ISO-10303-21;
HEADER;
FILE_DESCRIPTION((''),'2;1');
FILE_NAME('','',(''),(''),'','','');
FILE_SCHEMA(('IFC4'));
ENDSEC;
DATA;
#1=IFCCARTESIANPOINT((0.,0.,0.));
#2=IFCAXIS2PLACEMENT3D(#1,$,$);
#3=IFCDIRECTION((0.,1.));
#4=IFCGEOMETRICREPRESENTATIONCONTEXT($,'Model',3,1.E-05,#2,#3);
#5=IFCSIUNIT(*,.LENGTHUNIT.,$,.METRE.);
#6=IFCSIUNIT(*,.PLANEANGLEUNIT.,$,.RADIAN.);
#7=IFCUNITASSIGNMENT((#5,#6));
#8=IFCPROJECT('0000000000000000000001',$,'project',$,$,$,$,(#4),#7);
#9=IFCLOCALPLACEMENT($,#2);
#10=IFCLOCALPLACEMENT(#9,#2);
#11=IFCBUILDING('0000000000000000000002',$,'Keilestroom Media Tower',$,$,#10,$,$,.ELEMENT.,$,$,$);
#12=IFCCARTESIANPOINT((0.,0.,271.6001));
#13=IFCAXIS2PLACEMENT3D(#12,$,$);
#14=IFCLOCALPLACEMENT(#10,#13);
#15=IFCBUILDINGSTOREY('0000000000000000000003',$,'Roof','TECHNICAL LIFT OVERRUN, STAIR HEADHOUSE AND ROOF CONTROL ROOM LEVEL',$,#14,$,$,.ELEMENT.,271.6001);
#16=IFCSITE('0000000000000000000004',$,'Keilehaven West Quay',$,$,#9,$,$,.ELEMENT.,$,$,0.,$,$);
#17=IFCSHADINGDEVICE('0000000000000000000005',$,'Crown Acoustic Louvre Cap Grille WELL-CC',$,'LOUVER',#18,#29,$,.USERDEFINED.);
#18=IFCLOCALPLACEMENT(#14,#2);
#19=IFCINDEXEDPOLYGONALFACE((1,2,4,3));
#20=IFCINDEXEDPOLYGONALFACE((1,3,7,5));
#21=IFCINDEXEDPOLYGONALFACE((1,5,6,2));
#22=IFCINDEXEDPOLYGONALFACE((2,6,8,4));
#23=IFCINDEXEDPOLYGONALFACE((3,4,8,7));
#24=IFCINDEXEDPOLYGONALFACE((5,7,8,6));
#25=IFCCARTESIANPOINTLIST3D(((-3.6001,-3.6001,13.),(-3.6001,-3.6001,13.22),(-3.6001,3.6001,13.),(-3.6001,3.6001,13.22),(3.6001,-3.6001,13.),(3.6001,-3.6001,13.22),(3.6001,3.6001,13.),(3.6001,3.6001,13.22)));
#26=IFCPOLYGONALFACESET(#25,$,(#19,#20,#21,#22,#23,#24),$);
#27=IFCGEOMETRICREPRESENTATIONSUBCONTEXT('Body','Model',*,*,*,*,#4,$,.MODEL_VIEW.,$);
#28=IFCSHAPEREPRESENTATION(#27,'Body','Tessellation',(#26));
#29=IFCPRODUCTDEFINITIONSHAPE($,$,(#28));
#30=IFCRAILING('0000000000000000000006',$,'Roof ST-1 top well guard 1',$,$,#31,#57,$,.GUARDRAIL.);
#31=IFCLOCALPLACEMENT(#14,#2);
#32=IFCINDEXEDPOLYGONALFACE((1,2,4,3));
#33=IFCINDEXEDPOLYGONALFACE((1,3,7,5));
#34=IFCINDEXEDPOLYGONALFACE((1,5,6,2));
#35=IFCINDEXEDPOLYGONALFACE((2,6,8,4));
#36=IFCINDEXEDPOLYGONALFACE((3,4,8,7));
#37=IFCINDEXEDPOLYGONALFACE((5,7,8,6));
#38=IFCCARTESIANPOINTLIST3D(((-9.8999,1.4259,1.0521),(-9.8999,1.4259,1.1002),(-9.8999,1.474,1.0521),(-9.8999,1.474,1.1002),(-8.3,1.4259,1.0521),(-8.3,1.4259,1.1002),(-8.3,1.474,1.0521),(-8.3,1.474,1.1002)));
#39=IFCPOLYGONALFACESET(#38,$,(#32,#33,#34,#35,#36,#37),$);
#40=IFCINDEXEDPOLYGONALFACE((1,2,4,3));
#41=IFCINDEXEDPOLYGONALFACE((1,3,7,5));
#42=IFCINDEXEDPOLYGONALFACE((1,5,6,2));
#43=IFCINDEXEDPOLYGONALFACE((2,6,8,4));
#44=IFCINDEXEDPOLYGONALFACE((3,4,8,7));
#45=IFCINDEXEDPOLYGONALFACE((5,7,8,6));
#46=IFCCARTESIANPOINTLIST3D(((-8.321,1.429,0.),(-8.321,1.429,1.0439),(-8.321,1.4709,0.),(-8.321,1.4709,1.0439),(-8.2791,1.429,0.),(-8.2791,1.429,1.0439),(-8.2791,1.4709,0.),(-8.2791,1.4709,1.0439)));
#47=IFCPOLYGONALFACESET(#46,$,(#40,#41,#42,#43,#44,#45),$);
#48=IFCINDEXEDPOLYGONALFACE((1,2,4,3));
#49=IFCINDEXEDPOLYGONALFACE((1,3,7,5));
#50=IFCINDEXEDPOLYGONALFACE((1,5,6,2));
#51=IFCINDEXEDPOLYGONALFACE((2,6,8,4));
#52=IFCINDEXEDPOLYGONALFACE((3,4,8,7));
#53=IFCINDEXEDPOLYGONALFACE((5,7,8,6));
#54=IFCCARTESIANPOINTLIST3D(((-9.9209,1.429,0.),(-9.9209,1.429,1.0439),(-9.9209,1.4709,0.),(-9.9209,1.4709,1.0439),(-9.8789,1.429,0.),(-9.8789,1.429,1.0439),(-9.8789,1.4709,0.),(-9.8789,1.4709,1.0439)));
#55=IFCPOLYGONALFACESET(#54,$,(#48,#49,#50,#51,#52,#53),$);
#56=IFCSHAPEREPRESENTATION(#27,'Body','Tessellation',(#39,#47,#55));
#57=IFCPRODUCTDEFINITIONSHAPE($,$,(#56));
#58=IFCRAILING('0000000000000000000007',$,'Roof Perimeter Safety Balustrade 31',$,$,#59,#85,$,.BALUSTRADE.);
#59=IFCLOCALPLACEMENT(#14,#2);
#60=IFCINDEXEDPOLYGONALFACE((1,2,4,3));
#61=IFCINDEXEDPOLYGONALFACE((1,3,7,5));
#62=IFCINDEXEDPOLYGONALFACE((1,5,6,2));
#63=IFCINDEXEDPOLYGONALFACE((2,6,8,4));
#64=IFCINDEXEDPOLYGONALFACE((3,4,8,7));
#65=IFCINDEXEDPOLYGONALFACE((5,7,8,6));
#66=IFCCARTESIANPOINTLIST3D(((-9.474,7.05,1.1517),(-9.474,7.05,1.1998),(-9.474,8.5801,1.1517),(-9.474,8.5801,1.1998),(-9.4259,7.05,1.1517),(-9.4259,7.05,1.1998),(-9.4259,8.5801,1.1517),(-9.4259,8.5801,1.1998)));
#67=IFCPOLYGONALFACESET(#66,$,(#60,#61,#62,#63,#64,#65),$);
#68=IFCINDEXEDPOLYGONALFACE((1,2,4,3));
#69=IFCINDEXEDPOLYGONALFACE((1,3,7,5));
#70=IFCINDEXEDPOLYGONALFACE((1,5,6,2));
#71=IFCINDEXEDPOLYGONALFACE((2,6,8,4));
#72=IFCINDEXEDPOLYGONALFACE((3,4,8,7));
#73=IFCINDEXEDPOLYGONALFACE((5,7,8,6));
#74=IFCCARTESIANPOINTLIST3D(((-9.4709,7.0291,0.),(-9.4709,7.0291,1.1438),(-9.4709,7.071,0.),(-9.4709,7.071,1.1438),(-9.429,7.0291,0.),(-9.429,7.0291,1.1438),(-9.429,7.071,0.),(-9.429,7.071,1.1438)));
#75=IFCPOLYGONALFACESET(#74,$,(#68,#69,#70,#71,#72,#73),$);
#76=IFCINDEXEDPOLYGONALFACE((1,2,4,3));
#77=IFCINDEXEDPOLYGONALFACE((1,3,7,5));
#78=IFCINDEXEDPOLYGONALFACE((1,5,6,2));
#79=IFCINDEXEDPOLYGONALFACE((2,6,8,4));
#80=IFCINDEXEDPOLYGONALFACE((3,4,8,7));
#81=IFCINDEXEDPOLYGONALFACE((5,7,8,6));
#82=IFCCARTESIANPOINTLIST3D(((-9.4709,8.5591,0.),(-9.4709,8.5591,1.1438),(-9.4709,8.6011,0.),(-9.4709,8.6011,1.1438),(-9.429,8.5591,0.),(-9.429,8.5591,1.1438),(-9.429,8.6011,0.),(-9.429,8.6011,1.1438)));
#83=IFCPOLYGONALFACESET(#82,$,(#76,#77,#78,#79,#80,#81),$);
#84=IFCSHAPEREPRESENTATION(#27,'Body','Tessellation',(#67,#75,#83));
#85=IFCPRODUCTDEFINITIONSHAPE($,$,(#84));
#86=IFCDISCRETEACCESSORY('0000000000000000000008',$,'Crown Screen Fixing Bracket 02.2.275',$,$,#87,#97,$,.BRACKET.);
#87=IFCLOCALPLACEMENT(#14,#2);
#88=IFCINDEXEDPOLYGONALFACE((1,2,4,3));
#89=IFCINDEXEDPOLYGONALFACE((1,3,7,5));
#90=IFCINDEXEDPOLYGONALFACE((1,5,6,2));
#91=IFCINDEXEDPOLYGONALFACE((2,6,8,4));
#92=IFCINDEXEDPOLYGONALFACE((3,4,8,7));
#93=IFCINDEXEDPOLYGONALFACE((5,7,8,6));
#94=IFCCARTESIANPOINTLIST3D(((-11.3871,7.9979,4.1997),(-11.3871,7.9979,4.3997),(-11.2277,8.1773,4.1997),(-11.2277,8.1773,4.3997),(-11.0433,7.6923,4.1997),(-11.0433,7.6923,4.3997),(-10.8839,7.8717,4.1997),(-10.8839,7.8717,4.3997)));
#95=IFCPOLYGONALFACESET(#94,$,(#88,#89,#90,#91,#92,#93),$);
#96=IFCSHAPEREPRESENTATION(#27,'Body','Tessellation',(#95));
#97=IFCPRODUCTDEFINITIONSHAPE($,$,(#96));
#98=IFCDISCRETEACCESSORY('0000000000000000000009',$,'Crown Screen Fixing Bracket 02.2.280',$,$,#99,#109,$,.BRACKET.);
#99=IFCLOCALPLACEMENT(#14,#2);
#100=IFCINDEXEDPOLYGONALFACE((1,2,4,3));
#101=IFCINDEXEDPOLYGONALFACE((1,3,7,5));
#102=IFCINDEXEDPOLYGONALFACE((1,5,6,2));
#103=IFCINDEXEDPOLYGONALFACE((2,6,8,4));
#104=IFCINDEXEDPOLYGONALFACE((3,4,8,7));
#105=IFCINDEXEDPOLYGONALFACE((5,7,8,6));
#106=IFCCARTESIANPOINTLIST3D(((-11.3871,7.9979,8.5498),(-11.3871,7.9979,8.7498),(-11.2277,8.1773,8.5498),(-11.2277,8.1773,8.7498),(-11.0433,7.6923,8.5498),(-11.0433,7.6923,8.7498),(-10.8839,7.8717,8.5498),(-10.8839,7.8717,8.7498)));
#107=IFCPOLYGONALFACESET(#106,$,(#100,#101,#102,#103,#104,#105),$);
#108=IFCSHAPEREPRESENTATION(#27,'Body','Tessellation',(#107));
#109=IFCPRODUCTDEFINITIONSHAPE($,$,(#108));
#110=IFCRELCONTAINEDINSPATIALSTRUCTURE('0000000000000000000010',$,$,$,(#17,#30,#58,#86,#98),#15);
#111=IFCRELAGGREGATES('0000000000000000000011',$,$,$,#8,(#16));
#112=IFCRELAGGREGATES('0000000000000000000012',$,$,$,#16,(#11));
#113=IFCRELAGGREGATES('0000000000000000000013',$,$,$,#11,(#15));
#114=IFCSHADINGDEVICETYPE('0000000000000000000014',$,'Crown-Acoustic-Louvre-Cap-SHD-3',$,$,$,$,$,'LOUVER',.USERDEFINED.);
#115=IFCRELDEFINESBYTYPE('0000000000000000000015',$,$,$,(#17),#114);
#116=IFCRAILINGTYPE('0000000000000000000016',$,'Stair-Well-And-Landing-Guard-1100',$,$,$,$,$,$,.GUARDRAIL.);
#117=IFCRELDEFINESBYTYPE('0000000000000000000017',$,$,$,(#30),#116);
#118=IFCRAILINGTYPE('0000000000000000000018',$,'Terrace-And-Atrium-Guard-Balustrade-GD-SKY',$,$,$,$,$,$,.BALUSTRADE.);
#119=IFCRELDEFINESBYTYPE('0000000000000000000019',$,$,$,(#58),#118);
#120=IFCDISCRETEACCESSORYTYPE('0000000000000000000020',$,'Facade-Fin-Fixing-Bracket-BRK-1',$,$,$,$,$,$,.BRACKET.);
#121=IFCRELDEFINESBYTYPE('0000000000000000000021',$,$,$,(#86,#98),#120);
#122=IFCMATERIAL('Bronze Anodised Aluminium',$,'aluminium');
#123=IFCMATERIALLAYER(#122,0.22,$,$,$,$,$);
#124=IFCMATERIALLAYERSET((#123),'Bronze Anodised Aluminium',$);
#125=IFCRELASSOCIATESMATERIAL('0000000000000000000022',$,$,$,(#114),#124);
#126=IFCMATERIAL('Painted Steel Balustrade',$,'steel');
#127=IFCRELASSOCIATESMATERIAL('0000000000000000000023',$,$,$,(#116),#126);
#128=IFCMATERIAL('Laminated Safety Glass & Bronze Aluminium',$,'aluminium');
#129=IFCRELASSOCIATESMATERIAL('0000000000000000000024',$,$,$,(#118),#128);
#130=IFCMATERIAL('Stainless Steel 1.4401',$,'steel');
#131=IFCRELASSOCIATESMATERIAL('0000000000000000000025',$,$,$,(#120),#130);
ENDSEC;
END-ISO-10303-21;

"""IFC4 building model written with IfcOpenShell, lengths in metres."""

from ifc_helpers import new_model, si_unit, direction, frame, origin, origin_2d, place, context, subcontext, project, spatial, polyline, rectangle, outline, extrude, source, transform, mapped, material, layer, layer_set, type_object, element, save


model = new_model("IFC4")

# Units and contexts
model_context = context("Model", 3, precision=1e-05, world=origin(), true_north=direction((0.0, 1.0)))
body_context = subcontext(model_context, "Body", "Model", "MODEL_VIEW")
ifc_project = project(units=[si_unit("LENGTHUNIT", "METRE"), si_unit("PLANEANGLEUNIT", "RADIAN")], contexts=[model_context])

# Site, building, storey
site_placement = place(None, origin())
site = spatial("IfcSite", under=ifc_project, at=site_placement, Name="Keilehaven West Quay", CompositionType="ELEMENT", RefElevation=0.0)
building_placement = place(site_placement, origin())
building = spatial("IfcBuilding", under=site, at=building_placement, Name="Keilestroom Media Tower", CompositionType="ELEMENT")
storey_placement = place(building_placement, frame((0.0, 0.0, 271.6001)))
storey = spatial("IfcBuildingStorey", under=building, at=storey_placement, Name="Roof", Description="TECHNICAL LIFT OVERRUN, STAIR HEADHOUSE AND ROOF CONTROL ROOM LEVEL", CompositionType="ELEMENT", Elevation=271.6001)

# Shared definitions
ifc_material_1 = material(Name="Bronze Anodised Aluminium", Category="aluminium")

# Shading device
ifc_layer_1 = layer(ifc_material_1, 0.22)
ifc_layer_set_1 = layer_set([ifc_layer_1], Name="Bronze Anodised Aluminium")
shading_device_type = type_object("IfcShadingDeviceType", Name="Crown-Acoustic-Louvre-Cap-SHD-3", ElementType="LOUVER", PredefinedType="USERDEFINED", material=ifc_layer_set_1)
shading_device_1_placement = place(storey_placement, frame((0.0, 0.0, 13.0)))
element("IfcShadingDevice", 1, at=shading_device_1_placement, inside=storey, type_object=shading_device_type, Name="Crown Acoustic Louvre Cap Grille WELL-CC", ObjectType="LOUVER", PredefinedType="USERDEFINED", context=body_context, shape_type="SweptSolid", body=[
    extrude(outline(polyline([(-3.6001, -3.6001), (3.6001, -3.6001), (3.6001, 3.6001), (-3.6001, 3.6001), (-3.6001, -3.6001)])), origin(), (0.0, 0.0, 1.0), 0.22),
])

# Railings
ifc_material_2 = material(Name="Painted Steel Balustrade", Category="steel")
railing_type_1 = type_object("IfcRailingType", Name="Stair-Well-And-Landing-Guard-1100", PredefinedType="GUARDRAIL", material=ifc_material_2)
railing_1_placement = place(storey_placement, frame((-8.3, 1.45, 0.0)))
element("IfcRailing", 2, at=railing_1_placement, inside=storey, type_object=railing_type_1, Name="Roof ST-1 top well guard 1", PredefinedType="GUARDRAIL", context=body_context, shape_type="SweptSolid", body=[
    extrude(rectangle(XDim=0.0481, YDim=0.0481, at=origin_2d()), frame((0.0, 0.0, 1.0762), z_axis=(-1.0, 0.0, 0.0), x_axis=(0.0, -1.0, 0.0)), (0.0, 0.0, 1.0), 1.5999),
    extrude(rectangle(XDim=0.042, YDim=0.042, at=origin_2d()), origin(), (0.0, 0.0, 1.0), 1.0439),
    extrude(rectangle(XDim=0.042, YDim=0.042, at=origin_2d()), frame((-1.5999, 0.0, 0.0)), (0.0, 0.0, 1.0), 1.0439),
])
ifc_material_3 = material(Name="Laminated Safety Glass & Bronze Aluminium", Category="aluminium")
railing_type_2 = type_object("IfcRailingType", Name="Terrace-And-Atrium-Guard-Balustrade-GD-SKY", PredefinedType="BALUSTRADE", material=ifc_material_3)
railing_2_placement = place(storey_placement, frame((-9.45, 7.05, 0.0)))
element("IfcRailing", 3, at=railing_2_placement, inside=storey, type_object=railing_type_2, Name="Roof Perimeter Safety Balustrade 31", PredefinedType="BALUSTRADE", context=body_context, shape_type="SweptSolid", body=[
    extrude(rectangle(XDim=0.0481, YDim=0.0481, at=origin_2d()), frame((0.0, 0.0, 1.1758), z_axis=(0.0, 1.0, 0.0), x_axis=(-1.0, 0.0, 0.0)), (0.0, 0.0, 1.0), 1.53),
    extrude(rectangle(XDim=0.042, YDim=0.042, at=origin_2d()), origin(), (0.0, 0.0, 1.0), 1.1438),
    extrude(rectangle(XDim=0.042, YDim=0.042, at=origin_2d()), frame((0.0, 1.53, 0.0)), (0.0, 0.0, 1.0), 1.1438),
])

# Discrete accessories
ifc_material_4 = material(Name="Stainless Steel 1.4401", Category="steel")
discrete_accessory_type = type_object("IfcDiscreteAccessoryType", Name="Facade-Fin-Fixing-Bracket-BRK-1", PredefinedType="BRACKET", material=ifc_material_4)
shared_shape_1 = source(origin(), body_context, "Body", "SweptSolid", [
    extrude(rectangle(XDim=0.24, YDim=0.46, at=origin_2d()), origin(), (0.0, 0.0, 1.0), 0.2),
])
for number, where, z_axis, x_axis, name in (
    (4, (-11.1355, 7.9348, 4.1997), (0.0, 0.0, 1.0), (0.664363, 0.74741, 0.0), "Crown Screen Fixing Bracket 02.2.275"),
    (5, (-11.1355, 7.9348, 8.5498), (0.0, 0.0, 1.0), (0.664363, 0.74741, 0.0), "Crown Screen Fixing Bracket 02.2.280"),
):
    element("IfcDiscreteAccessory", number, at=place(storey_placement, frame(where, z_axis=z_axis, x_axis=x_axis)), inside=storey, type_object=discrete_accessory_type, Name=name, PredefinedType="BRACKET", context=body_context, shape_type="MappedRepresentation", body=[
        mapped(shared_shape_1, transform((0.0, 0.0, 0.0), x_axis=(1.0, 0.0, 0.0), y_axis=(0.0, 1.0, 0.0), z_axis=(0.0, 0.0, 1.0), scale=1.0)),
    ])

save(model, "model.ifc")
